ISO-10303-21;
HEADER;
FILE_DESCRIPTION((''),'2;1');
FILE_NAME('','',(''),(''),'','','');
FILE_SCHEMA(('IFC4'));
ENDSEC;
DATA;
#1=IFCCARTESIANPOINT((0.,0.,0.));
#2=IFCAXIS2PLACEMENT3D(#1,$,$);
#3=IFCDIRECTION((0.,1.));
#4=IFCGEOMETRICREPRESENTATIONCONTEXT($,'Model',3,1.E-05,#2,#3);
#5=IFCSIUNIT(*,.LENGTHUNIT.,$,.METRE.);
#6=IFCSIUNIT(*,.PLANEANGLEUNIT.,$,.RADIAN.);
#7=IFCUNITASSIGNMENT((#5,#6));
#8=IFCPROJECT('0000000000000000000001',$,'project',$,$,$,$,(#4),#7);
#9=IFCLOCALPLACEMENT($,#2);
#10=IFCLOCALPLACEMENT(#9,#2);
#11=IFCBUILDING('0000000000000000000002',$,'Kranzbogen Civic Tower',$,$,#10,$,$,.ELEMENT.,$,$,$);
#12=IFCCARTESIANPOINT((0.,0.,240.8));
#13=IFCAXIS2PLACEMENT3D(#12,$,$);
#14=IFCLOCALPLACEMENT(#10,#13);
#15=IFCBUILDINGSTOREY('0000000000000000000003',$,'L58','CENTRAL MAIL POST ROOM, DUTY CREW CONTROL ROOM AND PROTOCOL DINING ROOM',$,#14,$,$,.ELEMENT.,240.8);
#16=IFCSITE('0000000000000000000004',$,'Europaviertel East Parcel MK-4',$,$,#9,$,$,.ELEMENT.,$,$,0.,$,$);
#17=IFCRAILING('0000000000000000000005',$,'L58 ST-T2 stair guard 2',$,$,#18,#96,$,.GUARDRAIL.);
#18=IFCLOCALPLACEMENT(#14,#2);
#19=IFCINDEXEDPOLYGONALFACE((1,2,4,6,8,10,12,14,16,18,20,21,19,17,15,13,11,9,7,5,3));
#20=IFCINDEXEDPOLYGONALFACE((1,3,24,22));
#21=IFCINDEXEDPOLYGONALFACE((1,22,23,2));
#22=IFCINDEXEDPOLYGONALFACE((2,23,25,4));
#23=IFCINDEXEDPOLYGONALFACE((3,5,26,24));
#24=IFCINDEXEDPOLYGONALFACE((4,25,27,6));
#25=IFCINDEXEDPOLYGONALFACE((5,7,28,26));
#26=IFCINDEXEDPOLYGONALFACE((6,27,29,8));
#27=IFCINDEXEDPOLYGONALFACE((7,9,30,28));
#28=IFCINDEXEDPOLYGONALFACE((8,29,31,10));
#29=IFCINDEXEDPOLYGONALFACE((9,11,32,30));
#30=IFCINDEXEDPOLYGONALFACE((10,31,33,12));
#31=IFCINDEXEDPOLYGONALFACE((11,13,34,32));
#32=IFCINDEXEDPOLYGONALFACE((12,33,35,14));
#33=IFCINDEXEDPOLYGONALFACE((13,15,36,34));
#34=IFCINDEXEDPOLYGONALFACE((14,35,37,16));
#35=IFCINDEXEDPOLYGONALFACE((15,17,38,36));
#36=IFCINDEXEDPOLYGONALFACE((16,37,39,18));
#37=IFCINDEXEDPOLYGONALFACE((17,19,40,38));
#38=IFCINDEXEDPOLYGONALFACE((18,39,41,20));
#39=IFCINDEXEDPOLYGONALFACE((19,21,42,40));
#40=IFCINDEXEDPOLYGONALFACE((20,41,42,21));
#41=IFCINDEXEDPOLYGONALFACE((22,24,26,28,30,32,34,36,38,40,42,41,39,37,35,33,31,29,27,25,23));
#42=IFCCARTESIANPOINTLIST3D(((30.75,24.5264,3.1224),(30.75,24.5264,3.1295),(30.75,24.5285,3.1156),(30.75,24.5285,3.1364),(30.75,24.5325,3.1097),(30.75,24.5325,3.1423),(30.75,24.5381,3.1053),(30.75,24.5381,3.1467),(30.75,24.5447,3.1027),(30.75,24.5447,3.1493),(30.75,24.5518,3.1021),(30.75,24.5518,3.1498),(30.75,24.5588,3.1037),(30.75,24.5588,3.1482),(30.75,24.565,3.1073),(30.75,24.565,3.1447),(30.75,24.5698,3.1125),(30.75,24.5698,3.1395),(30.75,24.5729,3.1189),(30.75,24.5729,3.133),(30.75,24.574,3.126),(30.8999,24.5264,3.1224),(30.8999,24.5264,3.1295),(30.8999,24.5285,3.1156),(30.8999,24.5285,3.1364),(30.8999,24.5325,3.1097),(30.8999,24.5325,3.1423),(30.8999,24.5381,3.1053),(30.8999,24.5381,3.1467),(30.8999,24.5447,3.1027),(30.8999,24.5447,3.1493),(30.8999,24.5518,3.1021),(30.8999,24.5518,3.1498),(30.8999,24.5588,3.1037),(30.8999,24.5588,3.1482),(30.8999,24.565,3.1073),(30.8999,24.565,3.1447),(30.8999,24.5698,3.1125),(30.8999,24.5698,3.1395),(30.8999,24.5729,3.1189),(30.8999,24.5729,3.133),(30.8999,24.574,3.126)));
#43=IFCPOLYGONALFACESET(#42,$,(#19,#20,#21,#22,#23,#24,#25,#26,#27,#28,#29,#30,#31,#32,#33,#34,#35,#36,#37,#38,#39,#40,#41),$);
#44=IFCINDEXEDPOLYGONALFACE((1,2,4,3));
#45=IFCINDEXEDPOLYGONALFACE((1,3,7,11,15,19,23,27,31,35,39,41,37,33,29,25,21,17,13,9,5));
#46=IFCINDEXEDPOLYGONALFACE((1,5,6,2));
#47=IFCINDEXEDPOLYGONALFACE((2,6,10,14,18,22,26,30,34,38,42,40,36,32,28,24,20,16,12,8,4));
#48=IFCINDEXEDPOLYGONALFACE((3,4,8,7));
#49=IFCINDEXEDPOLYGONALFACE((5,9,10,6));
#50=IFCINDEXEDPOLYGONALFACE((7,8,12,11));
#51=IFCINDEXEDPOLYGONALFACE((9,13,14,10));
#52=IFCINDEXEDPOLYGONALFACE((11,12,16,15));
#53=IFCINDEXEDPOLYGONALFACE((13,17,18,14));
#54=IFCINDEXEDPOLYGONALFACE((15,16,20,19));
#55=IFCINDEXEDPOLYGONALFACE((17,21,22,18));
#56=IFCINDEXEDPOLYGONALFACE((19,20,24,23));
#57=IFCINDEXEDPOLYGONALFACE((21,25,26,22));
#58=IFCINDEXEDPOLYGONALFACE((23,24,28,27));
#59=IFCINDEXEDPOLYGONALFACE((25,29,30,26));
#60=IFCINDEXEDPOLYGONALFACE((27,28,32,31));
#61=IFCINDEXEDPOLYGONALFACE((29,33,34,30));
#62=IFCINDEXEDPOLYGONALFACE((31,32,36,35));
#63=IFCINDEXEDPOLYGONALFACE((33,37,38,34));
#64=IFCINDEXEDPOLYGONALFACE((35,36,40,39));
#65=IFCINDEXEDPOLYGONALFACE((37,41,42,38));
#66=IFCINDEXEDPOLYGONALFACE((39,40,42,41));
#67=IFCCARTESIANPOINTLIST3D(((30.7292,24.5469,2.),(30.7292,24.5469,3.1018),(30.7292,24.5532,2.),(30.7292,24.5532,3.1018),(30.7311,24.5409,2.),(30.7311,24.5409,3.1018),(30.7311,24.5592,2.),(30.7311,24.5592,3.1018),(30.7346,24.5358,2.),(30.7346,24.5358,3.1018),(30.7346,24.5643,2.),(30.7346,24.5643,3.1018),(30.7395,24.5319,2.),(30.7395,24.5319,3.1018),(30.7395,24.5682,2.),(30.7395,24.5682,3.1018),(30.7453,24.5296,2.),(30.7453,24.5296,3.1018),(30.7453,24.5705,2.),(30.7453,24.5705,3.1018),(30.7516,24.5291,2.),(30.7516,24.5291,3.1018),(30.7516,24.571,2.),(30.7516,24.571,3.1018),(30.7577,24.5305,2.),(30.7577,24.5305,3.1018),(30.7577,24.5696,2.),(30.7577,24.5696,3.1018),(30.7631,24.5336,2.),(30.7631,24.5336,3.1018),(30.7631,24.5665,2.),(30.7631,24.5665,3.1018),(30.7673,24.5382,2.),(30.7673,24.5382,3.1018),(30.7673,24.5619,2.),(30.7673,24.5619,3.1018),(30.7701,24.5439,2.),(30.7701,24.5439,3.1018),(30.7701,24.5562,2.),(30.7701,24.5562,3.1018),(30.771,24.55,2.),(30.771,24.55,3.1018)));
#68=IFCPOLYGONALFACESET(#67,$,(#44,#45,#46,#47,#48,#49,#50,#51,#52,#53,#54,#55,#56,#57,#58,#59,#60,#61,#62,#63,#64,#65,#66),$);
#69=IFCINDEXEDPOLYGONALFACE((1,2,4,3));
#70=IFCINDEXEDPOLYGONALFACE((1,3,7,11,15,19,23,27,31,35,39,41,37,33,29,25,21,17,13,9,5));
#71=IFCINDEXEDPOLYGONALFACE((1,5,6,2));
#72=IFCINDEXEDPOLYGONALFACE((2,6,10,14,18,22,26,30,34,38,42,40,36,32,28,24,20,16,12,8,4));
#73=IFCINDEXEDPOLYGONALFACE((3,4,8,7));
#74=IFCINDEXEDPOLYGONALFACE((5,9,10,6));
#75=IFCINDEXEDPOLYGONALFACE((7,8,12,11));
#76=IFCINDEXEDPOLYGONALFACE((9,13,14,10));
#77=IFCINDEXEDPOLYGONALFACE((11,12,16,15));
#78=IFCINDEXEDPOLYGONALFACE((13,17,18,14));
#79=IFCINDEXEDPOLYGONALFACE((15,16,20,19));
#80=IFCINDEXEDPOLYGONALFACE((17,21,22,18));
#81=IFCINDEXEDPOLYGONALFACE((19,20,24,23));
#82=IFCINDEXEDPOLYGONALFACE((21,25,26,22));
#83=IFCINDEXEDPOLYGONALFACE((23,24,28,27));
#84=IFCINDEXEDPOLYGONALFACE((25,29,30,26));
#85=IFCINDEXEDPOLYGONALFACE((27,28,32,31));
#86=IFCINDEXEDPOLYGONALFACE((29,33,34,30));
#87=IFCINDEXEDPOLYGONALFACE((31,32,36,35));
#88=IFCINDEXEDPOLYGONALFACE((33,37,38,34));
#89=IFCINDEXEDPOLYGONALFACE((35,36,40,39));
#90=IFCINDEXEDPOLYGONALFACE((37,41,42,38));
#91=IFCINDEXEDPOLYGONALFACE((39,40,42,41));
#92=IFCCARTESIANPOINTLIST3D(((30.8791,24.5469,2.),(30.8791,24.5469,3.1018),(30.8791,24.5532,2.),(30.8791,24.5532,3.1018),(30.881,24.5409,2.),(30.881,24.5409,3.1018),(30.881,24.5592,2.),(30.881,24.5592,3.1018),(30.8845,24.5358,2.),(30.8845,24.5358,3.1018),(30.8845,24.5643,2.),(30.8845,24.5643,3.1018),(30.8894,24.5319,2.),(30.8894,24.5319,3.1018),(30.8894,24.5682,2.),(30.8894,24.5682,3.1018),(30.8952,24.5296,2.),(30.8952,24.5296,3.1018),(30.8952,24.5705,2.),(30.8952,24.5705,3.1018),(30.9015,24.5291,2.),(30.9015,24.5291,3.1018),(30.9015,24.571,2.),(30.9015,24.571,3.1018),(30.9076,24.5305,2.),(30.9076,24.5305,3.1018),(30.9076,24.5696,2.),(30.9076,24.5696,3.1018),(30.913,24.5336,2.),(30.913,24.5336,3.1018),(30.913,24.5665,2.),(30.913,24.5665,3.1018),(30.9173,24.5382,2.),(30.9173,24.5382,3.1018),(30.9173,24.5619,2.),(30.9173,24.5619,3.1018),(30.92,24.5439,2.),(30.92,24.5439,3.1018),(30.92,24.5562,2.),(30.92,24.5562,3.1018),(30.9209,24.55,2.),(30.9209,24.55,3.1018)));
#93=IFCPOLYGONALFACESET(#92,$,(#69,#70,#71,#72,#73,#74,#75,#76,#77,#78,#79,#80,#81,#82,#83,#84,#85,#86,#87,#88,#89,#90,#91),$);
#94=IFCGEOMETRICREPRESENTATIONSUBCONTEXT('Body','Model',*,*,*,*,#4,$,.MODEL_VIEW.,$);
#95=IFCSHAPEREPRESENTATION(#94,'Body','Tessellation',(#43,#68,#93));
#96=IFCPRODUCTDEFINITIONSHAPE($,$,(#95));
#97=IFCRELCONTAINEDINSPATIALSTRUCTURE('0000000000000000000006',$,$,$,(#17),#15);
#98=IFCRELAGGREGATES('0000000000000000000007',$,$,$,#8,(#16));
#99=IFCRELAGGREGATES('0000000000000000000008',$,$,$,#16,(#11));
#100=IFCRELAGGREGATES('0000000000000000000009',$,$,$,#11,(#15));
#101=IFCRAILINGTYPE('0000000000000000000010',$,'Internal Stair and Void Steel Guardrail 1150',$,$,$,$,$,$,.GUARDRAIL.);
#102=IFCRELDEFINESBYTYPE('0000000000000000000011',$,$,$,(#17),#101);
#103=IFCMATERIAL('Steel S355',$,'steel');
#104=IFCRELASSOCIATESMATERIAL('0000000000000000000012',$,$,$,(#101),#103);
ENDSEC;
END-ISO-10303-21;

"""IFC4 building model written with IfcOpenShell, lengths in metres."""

from ifc_helpers import new_model, si_unit, direction, frame, origin, origin_2d, place, context, subcontext, project, spatial, circle, extrude, material, type_object, element, save


model = new_model("IFC4")

# Units and contexts
model_context = context("Model", 3, precision=1e-05, world=origin(), true_north=direction((0.0, 1.0)))
body_context = subcontext(model_context, "Body", "Model", "MODEL_VIEW")
ifc_project = project(units=[si_unit("LENGTHUNIT", "METRE"), si_unit("PLANEANGLEUNIT", "RADIAN")], contexts=[model_context])

# Site, building, storey
site_placement = place(None, origin())
site = spatial("IfcSite", under=ifc_project, at=site_placement, Name="Europaviertel East Parcel MK-4", CompositionType="ELEMENT", RefElevation=0.0)
building_placement = place(site_placement, origin())
building = spatial("IfcBuilding", under=site, at=building_placement, Name="Kranzbogen Civic Tower", CompositionType="ELEMENT")
storey_placement = place(building_placement, frame((0.0, 0.0, 240.8)))
storey = spatial("IfcBuildingStorey", under=building, at=storey_placement, Name="L58", Description="CENTRAL MAIL POST ROOM, DUTY CREW CONTROL ROOM AND PROTOCOL DINING ROOM", CompositionType="ELEMENT", Elevation=240.8)

# Shared definitions
ifc_material_1 = material(Name="Steel S355", Category="steel")

# Railing
railing_type_1 = type_object("IfcRailingType", Name="Internal Stair and Void Steel Guardrail 1150", PredefinedType="GUARDRAIL", material=ifc_material_1)
railing_1_placement = place(storey_placement, frame((30.75, 24.55, 2.0)))
element("IfcRailing", 1, at=railing_1_placement, inside=storey, type_object=railing_type_1, Name="L58 ST-T2 stair guard 2", PredefinedType="GUARDRAIL", context=body_context, shape_type="SweptSolid", body=[
    extrude(circle(Radius=0.0239, at=origin_2d()), frame((0.0, 0.0, 1.126), z_axis=(1.0, 0.0, 0.0), x_axis=(0.0, 1.0, 0.0)), (0.0, 0.0, 1.0), 0.1499),
    extrude(circle(Radius=0.021, at=origin_2d()), origin(), (0.0, 0.0, 1.0), 1.1018),
    extrude(circle(Radius=0.021, at=origin_2d()), frame((0.1499, 0.0, 0.0)), (0.0, 0.0, 1.0), 1.1018),
])

save(model, "model.ifc")
